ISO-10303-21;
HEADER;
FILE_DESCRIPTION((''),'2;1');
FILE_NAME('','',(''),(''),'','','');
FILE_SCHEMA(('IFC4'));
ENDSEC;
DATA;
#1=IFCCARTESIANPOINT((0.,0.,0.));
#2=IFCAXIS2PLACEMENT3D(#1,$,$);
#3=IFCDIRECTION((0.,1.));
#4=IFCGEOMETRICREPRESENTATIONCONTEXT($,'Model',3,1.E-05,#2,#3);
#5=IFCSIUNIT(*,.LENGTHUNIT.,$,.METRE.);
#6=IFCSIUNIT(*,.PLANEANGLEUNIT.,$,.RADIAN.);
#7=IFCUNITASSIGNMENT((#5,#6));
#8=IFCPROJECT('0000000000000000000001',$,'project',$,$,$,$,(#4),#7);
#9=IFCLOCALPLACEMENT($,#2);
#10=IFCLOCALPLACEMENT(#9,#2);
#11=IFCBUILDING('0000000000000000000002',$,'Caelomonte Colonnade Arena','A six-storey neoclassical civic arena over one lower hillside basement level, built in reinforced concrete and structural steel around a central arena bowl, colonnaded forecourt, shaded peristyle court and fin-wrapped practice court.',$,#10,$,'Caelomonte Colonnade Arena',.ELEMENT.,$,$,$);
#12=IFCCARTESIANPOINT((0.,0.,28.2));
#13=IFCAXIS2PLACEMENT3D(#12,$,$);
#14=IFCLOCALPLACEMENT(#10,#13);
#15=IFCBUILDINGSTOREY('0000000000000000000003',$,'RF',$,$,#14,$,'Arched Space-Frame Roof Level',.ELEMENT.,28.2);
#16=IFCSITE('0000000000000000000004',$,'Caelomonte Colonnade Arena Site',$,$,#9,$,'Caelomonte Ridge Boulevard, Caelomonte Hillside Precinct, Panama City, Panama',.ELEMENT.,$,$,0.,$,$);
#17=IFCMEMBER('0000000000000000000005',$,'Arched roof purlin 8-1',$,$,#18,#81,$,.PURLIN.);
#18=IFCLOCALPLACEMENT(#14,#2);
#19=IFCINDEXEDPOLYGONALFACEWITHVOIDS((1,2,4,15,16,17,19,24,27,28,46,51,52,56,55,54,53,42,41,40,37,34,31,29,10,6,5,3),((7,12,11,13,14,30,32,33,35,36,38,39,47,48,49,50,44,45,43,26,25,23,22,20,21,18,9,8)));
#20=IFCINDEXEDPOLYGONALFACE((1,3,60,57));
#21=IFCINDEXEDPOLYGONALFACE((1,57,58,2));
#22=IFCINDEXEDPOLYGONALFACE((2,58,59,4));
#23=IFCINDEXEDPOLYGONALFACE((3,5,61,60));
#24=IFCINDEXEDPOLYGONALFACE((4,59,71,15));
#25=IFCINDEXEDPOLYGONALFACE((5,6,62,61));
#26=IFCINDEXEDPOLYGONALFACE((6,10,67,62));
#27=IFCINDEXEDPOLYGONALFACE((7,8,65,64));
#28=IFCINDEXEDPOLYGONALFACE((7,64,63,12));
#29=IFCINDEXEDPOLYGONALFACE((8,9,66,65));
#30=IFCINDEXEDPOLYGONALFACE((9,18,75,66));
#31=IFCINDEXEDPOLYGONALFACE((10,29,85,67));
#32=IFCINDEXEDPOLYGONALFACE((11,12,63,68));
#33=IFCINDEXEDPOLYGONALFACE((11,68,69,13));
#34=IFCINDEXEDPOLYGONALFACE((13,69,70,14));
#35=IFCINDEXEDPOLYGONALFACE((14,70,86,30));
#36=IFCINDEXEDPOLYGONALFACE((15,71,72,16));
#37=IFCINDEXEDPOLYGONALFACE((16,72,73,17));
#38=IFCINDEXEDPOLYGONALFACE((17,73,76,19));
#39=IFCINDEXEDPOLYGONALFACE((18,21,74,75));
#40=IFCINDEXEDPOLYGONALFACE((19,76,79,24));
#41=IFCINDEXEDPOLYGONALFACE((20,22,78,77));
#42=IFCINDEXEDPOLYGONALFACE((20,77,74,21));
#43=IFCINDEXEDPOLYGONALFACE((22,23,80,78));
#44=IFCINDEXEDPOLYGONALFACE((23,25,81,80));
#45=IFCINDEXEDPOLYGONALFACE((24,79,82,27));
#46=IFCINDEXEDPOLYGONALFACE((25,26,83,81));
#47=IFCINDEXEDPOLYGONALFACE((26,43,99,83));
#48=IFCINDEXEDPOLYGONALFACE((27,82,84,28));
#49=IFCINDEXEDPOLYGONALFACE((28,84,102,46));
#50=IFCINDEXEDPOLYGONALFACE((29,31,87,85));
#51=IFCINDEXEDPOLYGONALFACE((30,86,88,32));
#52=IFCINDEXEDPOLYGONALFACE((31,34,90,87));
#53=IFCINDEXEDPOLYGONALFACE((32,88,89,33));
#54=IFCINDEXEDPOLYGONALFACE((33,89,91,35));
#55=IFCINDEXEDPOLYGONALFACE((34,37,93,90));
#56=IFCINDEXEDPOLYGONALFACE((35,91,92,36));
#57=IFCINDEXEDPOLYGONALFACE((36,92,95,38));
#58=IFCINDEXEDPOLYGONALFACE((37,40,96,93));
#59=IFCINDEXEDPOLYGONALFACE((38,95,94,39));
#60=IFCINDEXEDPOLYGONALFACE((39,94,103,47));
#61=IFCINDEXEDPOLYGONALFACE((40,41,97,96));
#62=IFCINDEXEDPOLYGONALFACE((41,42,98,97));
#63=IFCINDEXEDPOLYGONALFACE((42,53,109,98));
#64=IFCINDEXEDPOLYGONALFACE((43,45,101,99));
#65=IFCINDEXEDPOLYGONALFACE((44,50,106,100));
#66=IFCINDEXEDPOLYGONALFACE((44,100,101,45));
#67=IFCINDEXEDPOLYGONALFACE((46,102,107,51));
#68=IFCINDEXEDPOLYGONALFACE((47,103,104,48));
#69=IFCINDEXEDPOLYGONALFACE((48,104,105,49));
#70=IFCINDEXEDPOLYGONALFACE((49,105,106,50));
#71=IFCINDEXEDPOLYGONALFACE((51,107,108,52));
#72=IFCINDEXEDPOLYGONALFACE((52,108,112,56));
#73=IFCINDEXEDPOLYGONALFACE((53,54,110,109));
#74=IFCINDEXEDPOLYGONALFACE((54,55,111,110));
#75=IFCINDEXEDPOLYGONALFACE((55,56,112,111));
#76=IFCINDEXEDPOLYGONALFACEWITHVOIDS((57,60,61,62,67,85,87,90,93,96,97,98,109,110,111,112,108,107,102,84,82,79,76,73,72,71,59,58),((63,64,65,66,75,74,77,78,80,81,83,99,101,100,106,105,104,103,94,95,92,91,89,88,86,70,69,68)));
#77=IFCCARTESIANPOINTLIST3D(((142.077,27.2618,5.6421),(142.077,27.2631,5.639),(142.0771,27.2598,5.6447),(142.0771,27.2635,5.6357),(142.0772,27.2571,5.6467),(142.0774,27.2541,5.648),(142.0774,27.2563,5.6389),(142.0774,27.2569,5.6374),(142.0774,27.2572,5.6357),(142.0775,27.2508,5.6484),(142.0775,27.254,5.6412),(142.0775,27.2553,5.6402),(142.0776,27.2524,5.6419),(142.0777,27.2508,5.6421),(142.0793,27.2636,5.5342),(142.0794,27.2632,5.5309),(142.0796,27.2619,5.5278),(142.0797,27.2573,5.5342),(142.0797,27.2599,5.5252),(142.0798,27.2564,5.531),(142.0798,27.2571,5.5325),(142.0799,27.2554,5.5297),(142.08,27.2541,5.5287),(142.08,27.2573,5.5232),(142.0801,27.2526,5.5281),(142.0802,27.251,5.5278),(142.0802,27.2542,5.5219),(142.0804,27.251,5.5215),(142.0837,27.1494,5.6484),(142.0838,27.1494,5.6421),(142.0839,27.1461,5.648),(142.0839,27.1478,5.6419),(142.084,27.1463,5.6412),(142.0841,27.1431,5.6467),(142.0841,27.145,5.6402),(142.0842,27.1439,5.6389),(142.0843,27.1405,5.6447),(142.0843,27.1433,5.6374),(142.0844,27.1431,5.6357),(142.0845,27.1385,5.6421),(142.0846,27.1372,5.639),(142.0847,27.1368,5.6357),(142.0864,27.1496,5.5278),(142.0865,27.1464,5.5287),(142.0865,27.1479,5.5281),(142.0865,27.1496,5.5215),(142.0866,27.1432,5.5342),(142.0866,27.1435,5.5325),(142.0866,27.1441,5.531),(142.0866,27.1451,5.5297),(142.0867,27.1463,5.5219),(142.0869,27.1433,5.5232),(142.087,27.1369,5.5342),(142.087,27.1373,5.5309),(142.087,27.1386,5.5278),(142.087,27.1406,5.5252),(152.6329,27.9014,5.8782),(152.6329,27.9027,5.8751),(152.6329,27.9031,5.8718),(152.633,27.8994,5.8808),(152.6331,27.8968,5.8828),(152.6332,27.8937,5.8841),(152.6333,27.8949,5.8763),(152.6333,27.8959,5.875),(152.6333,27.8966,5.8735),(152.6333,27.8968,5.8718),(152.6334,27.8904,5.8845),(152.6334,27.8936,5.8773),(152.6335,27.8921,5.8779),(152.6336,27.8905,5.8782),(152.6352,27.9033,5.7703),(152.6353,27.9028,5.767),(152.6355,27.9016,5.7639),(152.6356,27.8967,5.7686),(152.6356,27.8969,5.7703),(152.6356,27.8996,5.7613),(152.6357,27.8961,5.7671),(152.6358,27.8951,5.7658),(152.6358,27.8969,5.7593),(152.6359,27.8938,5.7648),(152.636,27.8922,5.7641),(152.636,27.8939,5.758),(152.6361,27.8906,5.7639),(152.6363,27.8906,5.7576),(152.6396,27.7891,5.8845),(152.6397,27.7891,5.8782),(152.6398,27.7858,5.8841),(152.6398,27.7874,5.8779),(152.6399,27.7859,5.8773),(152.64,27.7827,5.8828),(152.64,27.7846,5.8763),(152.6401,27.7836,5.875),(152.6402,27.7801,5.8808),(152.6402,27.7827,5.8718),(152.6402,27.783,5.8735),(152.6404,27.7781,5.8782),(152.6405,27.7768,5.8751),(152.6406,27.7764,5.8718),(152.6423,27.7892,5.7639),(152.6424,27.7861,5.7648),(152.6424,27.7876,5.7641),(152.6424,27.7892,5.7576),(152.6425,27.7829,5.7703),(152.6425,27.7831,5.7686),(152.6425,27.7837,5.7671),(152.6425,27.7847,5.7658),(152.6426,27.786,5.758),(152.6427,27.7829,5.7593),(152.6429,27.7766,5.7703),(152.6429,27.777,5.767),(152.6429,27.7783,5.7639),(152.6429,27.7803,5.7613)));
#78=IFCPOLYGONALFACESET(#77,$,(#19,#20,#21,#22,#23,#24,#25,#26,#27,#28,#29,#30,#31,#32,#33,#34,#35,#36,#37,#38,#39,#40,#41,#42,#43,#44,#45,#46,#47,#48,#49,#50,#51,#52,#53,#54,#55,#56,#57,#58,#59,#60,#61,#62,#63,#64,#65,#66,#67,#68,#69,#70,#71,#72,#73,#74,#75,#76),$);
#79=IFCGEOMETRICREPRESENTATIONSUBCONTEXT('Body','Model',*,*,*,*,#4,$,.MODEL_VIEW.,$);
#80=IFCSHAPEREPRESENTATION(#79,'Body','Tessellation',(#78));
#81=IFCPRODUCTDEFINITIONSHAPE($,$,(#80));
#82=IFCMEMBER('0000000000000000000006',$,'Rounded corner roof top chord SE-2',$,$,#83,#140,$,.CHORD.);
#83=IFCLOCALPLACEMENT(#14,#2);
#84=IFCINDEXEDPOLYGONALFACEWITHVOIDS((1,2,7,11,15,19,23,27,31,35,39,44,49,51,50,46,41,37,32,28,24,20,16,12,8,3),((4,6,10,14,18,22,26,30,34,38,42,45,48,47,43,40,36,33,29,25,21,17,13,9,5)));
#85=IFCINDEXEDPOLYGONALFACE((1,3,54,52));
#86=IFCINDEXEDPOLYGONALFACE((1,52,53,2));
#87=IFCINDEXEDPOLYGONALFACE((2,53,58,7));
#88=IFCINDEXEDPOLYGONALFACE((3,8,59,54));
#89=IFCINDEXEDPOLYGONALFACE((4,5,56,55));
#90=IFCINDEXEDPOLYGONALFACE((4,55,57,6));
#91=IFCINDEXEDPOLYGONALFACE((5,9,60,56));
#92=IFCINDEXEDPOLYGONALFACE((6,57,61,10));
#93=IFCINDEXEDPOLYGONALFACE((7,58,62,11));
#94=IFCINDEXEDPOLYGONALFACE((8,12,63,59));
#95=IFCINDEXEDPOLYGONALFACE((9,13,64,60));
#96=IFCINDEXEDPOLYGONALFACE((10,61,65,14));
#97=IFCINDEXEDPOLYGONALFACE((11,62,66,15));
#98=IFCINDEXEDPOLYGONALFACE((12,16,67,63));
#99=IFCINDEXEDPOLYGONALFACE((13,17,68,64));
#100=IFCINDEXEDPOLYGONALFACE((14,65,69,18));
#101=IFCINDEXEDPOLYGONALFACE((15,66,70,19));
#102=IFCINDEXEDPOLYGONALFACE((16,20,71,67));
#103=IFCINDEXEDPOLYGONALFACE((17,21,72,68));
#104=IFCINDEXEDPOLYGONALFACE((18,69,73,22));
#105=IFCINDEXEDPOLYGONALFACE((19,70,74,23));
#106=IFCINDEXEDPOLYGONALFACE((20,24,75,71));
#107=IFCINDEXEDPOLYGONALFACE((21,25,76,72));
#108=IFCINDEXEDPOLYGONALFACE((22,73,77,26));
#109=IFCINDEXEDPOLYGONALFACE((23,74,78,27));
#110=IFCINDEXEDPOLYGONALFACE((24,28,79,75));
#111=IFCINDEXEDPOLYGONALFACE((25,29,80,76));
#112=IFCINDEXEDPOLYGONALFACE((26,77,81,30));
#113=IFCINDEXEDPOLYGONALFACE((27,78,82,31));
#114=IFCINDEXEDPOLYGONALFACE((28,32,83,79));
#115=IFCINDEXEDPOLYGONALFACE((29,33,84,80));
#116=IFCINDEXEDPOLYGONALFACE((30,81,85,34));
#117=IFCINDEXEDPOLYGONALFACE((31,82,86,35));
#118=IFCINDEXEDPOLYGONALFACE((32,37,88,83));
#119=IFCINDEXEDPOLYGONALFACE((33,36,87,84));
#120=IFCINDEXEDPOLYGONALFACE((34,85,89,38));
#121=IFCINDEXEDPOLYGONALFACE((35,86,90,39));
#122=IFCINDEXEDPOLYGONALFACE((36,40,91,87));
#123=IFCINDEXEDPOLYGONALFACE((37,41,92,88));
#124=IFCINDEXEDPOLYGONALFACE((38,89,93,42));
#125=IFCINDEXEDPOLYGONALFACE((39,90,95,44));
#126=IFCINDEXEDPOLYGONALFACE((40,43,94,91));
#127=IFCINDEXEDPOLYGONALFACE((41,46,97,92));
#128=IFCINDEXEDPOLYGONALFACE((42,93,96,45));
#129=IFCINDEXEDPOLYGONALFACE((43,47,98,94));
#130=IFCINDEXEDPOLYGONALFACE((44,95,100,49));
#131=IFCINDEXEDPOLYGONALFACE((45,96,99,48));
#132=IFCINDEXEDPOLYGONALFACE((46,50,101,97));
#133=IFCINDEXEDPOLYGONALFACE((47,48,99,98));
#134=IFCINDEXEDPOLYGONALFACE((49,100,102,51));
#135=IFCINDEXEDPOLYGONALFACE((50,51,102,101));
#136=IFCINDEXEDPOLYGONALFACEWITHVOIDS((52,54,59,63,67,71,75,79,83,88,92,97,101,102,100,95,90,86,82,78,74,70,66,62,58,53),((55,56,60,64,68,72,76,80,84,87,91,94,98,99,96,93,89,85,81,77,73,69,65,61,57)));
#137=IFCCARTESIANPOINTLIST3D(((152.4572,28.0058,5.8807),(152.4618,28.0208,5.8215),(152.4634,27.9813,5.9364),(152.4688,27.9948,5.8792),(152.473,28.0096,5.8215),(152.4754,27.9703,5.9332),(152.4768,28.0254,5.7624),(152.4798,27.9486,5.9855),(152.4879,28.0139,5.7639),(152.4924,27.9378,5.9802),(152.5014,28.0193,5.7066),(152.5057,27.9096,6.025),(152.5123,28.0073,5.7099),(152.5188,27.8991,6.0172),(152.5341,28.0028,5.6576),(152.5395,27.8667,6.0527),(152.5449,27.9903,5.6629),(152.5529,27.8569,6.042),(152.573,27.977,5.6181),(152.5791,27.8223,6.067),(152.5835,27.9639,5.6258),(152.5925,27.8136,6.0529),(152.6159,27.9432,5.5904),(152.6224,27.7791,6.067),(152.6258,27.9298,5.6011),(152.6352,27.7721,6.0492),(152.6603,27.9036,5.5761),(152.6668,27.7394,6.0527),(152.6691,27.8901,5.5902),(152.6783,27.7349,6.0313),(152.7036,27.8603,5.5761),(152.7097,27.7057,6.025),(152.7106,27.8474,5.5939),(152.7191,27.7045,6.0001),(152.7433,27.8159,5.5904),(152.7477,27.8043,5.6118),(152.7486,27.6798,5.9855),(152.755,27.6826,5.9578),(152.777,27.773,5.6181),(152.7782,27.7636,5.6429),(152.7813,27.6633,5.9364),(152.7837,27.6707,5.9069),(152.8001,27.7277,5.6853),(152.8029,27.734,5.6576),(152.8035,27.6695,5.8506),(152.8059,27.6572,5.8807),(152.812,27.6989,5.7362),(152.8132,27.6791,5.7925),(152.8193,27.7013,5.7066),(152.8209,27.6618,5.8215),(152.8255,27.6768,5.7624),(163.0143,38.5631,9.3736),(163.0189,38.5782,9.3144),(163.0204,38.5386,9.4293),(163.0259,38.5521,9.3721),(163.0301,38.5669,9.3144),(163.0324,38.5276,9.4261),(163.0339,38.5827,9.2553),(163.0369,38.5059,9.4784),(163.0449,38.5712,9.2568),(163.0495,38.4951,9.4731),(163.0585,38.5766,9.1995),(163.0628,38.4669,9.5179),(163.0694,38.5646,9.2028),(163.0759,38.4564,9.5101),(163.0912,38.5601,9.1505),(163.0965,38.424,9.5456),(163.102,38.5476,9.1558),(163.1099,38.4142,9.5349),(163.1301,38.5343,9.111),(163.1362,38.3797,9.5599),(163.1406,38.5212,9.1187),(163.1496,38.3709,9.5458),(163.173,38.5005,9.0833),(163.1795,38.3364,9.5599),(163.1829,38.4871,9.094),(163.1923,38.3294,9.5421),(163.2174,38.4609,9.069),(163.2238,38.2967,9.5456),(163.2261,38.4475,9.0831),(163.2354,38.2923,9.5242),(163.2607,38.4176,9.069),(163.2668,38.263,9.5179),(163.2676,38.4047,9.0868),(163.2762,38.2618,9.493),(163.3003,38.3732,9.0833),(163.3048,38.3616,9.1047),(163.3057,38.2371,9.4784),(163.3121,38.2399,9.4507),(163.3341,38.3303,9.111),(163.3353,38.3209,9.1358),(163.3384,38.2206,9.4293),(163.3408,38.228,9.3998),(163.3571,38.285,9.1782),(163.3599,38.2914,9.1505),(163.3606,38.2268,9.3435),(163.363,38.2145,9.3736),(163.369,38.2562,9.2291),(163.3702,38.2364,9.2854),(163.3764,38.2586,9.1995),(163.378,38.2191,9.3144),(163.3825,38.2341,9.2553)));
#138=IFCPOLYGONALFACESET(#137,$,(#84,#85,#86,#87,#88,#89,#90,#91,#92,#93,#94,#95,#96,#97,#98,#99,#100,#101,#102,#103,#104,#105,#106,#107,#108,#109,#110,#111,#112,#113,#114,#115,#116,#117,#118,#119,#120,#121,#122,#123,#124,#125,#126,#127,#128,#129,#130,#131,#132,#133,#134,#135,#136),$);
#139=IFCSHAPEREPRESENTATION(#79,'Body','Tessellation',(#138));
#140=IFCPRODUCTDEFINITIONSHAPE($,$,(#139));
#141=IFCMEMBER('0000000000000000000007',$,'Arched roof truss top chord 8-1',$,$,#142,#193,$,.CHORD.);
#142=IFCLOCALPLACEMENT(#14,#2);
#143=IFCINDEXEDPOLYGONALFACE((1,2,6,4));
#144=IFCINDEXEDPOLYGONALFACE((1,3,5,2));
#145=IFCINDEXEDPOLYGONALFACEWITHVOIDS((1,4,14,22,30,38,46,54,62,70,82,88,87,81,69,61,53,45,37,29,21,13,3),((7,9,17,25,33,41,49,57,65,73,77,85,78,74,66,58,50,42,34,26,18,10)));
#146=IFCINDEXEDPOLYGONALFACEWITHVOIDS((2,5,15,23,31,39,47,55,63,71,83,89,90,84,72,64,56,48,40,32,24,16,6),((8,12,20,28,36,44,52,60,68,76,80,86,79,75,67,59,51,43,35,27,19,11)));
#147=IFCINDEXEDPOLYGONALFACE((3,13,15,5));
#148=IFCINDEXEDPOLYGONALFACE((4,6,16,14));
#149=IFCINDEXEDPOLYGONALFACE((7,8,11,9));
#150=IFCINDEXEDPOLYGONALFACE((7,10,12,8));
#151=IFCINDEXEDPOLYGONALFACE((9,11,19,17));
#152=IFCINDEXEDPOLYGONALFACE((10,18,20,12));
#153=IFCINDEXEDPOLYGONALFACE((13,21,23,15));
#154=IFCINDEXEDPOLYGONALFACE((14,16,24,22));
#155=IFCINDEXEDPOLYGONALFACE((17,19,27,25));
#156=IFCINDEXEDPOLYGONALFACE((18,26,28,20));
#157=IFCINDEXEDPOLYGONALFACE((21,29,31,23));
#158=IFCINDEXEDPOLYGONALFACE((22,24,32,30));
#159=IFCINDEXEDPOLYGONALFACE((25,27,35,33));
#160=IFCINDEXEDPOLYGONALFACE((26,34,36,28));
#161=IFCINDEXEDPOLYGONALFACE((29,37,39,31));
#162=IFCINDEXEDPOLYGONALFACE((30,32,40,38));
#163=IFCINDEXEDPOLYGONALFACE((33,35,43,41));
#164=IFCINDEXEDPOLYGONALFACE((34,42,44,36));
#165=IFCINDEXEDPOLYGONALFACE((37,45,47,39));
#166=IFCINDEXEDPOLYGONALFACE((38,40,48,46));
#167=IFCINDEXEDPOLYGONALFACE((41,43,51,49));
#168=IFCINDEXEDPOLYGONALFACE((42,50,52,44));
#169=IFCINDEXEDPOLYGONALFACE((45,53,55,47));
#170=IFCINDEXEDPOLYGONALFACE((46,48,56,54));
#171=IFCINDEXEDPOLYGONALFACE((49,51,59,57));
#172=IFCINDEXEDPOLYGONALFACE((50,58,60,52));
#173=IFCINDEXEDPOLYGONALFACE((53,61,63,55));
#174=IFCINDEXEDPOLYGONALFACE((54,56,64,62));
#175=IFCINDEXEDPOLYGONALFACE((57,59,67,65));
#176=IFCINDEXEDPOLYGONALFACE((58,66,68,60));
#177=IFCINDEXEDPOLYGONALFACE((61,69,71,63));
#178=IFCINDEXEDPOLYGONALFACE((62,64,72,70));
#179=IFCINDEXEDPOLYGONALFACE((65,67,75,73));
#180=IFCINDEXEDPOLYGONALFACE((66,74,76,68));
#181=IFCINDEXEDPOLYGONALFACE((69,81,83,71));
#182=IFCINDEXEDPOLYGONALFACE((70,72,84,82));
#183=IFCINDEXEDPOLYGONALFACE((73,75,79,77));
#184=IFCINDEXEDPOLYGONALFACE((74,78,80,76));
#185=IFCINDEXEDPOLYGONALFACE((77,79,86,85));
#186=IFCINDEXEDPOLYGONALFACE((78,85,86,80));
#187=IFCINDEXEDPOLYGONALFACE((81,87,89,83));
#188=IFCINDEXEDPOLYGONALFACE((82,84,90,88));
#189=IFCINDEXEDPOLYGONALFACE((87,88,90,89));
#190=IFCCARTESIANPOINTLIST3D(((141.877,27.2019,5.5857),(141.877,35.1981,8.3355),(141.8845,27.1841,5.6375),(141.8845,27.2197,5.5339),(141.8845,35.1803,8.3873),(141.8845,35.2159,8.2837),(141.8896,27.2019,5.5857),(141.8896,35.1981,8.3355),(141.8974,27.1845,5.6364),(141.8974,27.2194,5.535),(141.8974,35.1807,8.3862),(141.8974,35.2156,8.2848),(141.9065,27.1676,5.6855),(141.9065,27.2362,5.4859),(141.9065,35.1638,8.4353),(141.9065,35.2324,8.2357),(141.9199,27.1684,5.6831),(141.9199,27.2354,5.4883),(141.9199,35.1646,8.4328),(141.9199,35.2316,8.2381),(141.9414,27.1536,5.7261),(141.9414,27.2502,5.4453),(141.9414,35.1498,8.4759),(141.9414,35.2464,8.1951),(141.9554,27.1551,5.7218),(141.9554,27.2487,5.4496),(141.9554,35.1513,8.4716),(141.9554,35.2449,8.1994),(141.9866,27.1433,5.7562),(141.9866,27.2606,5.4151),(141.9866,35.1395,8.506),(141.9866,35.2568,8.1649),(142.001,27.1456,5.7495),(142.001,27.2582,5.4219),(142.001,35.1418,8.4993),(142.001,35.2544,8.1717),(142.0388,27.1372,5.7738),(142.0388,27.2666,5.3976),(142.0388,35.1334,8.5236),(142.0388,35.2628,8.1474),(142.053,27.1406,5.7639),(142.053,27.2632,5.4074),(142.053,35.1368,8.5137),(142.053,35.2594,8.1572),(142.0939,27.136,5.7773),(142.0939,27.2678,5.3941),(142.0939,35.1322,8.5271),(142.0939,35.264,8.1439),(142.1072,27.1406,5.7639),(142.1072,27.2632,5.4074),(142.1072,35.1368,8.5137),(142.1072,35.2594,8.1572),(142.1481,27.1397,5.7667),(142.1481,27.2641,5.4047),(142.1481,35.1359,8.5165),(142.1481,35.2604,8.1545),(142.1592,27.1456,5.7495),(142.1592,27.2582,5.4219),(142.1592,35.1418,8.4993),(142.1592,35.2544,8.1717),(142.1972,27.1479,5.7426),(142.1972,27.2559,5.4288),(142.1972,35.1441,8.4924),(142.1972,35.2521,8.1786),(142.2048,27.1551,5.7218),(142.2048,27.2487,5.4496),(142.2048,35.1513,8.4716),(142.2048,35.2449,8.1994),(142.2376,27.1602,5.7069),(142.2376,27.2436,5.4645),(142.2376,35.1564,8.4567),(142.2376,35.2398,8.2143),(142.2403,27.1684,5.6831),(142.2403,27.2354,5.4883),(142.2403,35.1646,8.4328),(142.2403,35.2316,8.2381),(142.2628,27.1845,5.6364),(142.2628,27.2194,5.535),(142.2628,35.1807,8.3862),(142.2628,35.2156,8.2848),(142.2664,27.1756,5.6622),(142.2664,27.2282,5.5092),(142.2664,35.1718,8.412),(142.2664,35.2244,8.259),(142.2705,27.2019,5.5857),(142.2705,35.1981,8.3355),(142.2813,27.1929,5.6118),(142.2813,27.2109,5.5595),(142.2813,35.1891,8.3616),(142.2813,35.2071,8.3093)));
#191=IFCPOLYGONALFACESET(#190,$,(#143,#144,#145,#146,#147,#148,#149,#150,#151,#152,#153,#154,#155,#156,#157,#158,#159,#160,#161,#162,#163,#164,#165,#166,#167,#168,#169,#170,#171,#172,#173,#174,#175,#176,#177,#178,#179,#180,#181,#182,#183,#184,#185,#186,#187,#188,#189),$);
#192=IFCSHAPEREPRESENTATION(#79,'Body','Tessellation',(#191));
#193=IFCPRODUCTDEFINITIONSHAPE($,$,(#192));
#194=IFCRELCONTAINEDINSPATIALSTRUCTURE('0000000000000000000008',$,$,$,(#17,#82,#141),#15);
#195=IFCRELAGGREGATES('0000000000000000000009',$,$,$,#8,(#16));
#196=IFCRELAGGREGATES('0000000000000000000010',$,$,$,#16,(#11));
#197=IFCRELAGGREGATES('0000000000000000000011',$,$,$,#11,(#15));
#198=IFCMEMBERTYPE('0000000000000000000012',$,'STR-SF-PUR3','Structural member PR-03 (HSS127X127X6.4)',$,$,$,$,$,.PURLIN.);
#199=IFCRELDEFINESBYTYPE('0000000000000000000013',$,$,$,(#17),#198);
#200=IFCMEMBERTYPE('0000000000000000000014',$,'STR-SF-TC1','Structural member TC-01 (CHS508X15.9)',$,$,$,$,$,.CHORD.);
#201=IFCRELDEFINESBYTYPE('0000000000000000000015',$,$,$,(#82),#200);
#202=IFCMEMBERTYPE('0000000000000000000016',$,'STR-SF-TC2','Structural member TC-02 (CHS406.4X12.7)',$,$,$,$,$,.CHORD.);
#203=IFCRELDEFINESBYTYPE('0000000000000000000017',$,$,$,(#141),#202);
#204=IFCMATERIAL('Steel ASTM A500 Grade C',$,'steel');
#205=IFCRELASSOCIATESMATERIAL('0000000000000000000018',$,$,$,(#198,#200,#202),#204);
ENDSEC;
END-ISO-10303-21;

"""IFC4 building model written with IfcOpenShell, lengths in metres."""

from ifc_helpers import new_model, si_unit, direction, frame, origin, origin_2d, place, context, subcontext, project, spatial, hollow_rectangle, hollow_circle, extrude, material, material_profile, profile_set, type_object, element, save


model = new_model("IFC4")

# Units and contexts
model_context = context("Model", 3, precision=1e-05, world=origin(), true_north=direction((0.0, 1.0)))
body_context = subcontext(model_context, "Body", "Model", "MODEL_VIEW")
ifc_project = project(units=[si_unit("LENGTHUNIT", "METRE"), si_unit("PLANEANGLEUNIT", "RADIAN")], contexts=[model_context])

# Site, building, storey
site_placement = place(None, origin())
site = spatial("IfcSite", under=ifc_project, at=site_placement, Name="Caelomonte Colonnade Arena Site", LongName="Caelomonte Ridge Boulevard, Caelomonte Hillside Precinct, Panama City, Panama", CompositionType="ELEMENT", RefElevation=0.0)
building_placement = place(site_placement, origin())
building = spatial("IfcBuilding", under=site, at=building_placement, Name="Caelomonte Colonnade Arena", Description="A six-storey neoclassical civic arena over one lower hillside basement level, built in reinforced concrete and structural steel around a central arena bowl, colonnaded forecourt, shaded peristyle court and fin-wrapped practice court.", LongName="Caelomonte Colonnade Arena", CompositionType="ELEMENT")
storey_placement = place(building_placement, frame((0.0, 0.0, 28.2)))
storey = spatial("IfcBuildingStorey", under=building, at=storey_placement, Name="RF", LongName="Arched Space-Frame Roof Level", CompositionType="ELEMENT", Elevation=28.2)

# Members
ifc_material_1 = material(Name="Steel ASTM A500 Grade C", Category="steel")
ifc_material_profile_1 = material_profile(ifc_material_1, hollow_rectangle(XDim=0.127, YDim=0.127, WallThickness=0.0063, InnerFilletRadius=0.0063, OuterFilletRadius=0.0127, at=origin_2d()), Name="HSS127X127X6.4")
ifc_profile_set_1 = profile_set([ifc_material_profile_1], Name="Steel ASTM A500 Grade C")
member_type_1 = type_object("IfcMemberType", Name="STR-SF-PUR3", Description="Structural member PR-03 (HSS127X127X6.4)", PredefinedType="PURLIN", material=ifc_profile_set_1)
member_1_placement = place(storey_placement, frame((142.082, 27.2002, 5.585), z_axis=(0.99792, 0.06047, 0.022319), x_axis=(-0.060485, 0.998169, 0.0)))
element("IfcMember", 1, at=member_1_placement, inside=storey, type_object=member_type_1, Name="Arched roof purlin 8-1", PredefinedType="PURLIN", context=body_context, shape_type="SweptSolid", body=[
    extrude(hollow_rectangle(XDim=0.127, YDim=0.127, WallThickness=0.0063, InnerFilletRadius=0.0063, OuterFilletRadius=0.0127, at=origin_2d()), origin(), (0.0, 0.0, 1.0), 10.5779),
])
ifc_material_profile_2 = material_profile(ifc_material_1, hollow_circle(Radius=0.2539, WallThickness=0.0159, at=origin_2d()), Name="CHS508X15.9")
ifc_profile_set_2 = profile_set([ifc_material_profile_2], Name="Steel ASTM A500 Grade C")
member_type_2 = type_object("IfcMemberType", Name="STR-SF-TC1", Description="Structural member TC-01 (CHS508X15.9)", PredefinedType="CHORD", material=ifc_profile_set_2)
member_2_placement = place(storey_placement, frame((152.6414, 27.8413, 5.8215), z_axis=(0.688508, 0.688524, 0.227799), x_axis=(-0.707115, 0.707099, 0.0)))
element("IfcMember", 2, at=member_2_placement, inside=storey, type_object=member_type_2, Name="Rounded corner roof top chord SE-2", PredefinedType="CHORD", context=body_context, shape_type="SweptSolid", body=[
    extrude(hollow_circle(Radius=0.2539, WallThickness=0.0159, at=origin_2d()), origin(), (0.0, 0.0, 1.0), 15.3333),
])
ifc_material_profile_3 = material_profile(ifc_material_1, hollow_circle(Radius=0.2031, WallThickness=0.0127, at=origin_2d()), Name="CHS406.4X12.7")
ifc_profile_set_3 = profile_set([ifc_material_profile_3], Name="Steel ASTM A500 Grade C")
member_type_3 = type_object("IfcMemberType", Name="STR-SF-TC2", Description="Structural member TC-02 (CHS406.4X12.7)", PredefinedType="CHORD", material=ifc_profile_set_3)
member_3_placement = place(storey_placement, frame((142.0801, 27.2019, 5.5857), z_axis=(0.0, 0.945647, 0.325196), x_axis=(-1.0, 0.0, 0.0)))
element("IfcMember", 3, at=member_3_placement, inside=storey, type_object=member_type_3, Name="Arched roof truss top chord 8-1", PredefinedType="CHORD", context=body_context, shape_type="SweptSolid", body=[
    extrude(hollow_circle(Radius=0.2031, WallThickness=0.0127, at=origin_2d()), origin(), (0.0, 0.0, 1.0), 8.4558),
])

save(model, "model.ifc")
